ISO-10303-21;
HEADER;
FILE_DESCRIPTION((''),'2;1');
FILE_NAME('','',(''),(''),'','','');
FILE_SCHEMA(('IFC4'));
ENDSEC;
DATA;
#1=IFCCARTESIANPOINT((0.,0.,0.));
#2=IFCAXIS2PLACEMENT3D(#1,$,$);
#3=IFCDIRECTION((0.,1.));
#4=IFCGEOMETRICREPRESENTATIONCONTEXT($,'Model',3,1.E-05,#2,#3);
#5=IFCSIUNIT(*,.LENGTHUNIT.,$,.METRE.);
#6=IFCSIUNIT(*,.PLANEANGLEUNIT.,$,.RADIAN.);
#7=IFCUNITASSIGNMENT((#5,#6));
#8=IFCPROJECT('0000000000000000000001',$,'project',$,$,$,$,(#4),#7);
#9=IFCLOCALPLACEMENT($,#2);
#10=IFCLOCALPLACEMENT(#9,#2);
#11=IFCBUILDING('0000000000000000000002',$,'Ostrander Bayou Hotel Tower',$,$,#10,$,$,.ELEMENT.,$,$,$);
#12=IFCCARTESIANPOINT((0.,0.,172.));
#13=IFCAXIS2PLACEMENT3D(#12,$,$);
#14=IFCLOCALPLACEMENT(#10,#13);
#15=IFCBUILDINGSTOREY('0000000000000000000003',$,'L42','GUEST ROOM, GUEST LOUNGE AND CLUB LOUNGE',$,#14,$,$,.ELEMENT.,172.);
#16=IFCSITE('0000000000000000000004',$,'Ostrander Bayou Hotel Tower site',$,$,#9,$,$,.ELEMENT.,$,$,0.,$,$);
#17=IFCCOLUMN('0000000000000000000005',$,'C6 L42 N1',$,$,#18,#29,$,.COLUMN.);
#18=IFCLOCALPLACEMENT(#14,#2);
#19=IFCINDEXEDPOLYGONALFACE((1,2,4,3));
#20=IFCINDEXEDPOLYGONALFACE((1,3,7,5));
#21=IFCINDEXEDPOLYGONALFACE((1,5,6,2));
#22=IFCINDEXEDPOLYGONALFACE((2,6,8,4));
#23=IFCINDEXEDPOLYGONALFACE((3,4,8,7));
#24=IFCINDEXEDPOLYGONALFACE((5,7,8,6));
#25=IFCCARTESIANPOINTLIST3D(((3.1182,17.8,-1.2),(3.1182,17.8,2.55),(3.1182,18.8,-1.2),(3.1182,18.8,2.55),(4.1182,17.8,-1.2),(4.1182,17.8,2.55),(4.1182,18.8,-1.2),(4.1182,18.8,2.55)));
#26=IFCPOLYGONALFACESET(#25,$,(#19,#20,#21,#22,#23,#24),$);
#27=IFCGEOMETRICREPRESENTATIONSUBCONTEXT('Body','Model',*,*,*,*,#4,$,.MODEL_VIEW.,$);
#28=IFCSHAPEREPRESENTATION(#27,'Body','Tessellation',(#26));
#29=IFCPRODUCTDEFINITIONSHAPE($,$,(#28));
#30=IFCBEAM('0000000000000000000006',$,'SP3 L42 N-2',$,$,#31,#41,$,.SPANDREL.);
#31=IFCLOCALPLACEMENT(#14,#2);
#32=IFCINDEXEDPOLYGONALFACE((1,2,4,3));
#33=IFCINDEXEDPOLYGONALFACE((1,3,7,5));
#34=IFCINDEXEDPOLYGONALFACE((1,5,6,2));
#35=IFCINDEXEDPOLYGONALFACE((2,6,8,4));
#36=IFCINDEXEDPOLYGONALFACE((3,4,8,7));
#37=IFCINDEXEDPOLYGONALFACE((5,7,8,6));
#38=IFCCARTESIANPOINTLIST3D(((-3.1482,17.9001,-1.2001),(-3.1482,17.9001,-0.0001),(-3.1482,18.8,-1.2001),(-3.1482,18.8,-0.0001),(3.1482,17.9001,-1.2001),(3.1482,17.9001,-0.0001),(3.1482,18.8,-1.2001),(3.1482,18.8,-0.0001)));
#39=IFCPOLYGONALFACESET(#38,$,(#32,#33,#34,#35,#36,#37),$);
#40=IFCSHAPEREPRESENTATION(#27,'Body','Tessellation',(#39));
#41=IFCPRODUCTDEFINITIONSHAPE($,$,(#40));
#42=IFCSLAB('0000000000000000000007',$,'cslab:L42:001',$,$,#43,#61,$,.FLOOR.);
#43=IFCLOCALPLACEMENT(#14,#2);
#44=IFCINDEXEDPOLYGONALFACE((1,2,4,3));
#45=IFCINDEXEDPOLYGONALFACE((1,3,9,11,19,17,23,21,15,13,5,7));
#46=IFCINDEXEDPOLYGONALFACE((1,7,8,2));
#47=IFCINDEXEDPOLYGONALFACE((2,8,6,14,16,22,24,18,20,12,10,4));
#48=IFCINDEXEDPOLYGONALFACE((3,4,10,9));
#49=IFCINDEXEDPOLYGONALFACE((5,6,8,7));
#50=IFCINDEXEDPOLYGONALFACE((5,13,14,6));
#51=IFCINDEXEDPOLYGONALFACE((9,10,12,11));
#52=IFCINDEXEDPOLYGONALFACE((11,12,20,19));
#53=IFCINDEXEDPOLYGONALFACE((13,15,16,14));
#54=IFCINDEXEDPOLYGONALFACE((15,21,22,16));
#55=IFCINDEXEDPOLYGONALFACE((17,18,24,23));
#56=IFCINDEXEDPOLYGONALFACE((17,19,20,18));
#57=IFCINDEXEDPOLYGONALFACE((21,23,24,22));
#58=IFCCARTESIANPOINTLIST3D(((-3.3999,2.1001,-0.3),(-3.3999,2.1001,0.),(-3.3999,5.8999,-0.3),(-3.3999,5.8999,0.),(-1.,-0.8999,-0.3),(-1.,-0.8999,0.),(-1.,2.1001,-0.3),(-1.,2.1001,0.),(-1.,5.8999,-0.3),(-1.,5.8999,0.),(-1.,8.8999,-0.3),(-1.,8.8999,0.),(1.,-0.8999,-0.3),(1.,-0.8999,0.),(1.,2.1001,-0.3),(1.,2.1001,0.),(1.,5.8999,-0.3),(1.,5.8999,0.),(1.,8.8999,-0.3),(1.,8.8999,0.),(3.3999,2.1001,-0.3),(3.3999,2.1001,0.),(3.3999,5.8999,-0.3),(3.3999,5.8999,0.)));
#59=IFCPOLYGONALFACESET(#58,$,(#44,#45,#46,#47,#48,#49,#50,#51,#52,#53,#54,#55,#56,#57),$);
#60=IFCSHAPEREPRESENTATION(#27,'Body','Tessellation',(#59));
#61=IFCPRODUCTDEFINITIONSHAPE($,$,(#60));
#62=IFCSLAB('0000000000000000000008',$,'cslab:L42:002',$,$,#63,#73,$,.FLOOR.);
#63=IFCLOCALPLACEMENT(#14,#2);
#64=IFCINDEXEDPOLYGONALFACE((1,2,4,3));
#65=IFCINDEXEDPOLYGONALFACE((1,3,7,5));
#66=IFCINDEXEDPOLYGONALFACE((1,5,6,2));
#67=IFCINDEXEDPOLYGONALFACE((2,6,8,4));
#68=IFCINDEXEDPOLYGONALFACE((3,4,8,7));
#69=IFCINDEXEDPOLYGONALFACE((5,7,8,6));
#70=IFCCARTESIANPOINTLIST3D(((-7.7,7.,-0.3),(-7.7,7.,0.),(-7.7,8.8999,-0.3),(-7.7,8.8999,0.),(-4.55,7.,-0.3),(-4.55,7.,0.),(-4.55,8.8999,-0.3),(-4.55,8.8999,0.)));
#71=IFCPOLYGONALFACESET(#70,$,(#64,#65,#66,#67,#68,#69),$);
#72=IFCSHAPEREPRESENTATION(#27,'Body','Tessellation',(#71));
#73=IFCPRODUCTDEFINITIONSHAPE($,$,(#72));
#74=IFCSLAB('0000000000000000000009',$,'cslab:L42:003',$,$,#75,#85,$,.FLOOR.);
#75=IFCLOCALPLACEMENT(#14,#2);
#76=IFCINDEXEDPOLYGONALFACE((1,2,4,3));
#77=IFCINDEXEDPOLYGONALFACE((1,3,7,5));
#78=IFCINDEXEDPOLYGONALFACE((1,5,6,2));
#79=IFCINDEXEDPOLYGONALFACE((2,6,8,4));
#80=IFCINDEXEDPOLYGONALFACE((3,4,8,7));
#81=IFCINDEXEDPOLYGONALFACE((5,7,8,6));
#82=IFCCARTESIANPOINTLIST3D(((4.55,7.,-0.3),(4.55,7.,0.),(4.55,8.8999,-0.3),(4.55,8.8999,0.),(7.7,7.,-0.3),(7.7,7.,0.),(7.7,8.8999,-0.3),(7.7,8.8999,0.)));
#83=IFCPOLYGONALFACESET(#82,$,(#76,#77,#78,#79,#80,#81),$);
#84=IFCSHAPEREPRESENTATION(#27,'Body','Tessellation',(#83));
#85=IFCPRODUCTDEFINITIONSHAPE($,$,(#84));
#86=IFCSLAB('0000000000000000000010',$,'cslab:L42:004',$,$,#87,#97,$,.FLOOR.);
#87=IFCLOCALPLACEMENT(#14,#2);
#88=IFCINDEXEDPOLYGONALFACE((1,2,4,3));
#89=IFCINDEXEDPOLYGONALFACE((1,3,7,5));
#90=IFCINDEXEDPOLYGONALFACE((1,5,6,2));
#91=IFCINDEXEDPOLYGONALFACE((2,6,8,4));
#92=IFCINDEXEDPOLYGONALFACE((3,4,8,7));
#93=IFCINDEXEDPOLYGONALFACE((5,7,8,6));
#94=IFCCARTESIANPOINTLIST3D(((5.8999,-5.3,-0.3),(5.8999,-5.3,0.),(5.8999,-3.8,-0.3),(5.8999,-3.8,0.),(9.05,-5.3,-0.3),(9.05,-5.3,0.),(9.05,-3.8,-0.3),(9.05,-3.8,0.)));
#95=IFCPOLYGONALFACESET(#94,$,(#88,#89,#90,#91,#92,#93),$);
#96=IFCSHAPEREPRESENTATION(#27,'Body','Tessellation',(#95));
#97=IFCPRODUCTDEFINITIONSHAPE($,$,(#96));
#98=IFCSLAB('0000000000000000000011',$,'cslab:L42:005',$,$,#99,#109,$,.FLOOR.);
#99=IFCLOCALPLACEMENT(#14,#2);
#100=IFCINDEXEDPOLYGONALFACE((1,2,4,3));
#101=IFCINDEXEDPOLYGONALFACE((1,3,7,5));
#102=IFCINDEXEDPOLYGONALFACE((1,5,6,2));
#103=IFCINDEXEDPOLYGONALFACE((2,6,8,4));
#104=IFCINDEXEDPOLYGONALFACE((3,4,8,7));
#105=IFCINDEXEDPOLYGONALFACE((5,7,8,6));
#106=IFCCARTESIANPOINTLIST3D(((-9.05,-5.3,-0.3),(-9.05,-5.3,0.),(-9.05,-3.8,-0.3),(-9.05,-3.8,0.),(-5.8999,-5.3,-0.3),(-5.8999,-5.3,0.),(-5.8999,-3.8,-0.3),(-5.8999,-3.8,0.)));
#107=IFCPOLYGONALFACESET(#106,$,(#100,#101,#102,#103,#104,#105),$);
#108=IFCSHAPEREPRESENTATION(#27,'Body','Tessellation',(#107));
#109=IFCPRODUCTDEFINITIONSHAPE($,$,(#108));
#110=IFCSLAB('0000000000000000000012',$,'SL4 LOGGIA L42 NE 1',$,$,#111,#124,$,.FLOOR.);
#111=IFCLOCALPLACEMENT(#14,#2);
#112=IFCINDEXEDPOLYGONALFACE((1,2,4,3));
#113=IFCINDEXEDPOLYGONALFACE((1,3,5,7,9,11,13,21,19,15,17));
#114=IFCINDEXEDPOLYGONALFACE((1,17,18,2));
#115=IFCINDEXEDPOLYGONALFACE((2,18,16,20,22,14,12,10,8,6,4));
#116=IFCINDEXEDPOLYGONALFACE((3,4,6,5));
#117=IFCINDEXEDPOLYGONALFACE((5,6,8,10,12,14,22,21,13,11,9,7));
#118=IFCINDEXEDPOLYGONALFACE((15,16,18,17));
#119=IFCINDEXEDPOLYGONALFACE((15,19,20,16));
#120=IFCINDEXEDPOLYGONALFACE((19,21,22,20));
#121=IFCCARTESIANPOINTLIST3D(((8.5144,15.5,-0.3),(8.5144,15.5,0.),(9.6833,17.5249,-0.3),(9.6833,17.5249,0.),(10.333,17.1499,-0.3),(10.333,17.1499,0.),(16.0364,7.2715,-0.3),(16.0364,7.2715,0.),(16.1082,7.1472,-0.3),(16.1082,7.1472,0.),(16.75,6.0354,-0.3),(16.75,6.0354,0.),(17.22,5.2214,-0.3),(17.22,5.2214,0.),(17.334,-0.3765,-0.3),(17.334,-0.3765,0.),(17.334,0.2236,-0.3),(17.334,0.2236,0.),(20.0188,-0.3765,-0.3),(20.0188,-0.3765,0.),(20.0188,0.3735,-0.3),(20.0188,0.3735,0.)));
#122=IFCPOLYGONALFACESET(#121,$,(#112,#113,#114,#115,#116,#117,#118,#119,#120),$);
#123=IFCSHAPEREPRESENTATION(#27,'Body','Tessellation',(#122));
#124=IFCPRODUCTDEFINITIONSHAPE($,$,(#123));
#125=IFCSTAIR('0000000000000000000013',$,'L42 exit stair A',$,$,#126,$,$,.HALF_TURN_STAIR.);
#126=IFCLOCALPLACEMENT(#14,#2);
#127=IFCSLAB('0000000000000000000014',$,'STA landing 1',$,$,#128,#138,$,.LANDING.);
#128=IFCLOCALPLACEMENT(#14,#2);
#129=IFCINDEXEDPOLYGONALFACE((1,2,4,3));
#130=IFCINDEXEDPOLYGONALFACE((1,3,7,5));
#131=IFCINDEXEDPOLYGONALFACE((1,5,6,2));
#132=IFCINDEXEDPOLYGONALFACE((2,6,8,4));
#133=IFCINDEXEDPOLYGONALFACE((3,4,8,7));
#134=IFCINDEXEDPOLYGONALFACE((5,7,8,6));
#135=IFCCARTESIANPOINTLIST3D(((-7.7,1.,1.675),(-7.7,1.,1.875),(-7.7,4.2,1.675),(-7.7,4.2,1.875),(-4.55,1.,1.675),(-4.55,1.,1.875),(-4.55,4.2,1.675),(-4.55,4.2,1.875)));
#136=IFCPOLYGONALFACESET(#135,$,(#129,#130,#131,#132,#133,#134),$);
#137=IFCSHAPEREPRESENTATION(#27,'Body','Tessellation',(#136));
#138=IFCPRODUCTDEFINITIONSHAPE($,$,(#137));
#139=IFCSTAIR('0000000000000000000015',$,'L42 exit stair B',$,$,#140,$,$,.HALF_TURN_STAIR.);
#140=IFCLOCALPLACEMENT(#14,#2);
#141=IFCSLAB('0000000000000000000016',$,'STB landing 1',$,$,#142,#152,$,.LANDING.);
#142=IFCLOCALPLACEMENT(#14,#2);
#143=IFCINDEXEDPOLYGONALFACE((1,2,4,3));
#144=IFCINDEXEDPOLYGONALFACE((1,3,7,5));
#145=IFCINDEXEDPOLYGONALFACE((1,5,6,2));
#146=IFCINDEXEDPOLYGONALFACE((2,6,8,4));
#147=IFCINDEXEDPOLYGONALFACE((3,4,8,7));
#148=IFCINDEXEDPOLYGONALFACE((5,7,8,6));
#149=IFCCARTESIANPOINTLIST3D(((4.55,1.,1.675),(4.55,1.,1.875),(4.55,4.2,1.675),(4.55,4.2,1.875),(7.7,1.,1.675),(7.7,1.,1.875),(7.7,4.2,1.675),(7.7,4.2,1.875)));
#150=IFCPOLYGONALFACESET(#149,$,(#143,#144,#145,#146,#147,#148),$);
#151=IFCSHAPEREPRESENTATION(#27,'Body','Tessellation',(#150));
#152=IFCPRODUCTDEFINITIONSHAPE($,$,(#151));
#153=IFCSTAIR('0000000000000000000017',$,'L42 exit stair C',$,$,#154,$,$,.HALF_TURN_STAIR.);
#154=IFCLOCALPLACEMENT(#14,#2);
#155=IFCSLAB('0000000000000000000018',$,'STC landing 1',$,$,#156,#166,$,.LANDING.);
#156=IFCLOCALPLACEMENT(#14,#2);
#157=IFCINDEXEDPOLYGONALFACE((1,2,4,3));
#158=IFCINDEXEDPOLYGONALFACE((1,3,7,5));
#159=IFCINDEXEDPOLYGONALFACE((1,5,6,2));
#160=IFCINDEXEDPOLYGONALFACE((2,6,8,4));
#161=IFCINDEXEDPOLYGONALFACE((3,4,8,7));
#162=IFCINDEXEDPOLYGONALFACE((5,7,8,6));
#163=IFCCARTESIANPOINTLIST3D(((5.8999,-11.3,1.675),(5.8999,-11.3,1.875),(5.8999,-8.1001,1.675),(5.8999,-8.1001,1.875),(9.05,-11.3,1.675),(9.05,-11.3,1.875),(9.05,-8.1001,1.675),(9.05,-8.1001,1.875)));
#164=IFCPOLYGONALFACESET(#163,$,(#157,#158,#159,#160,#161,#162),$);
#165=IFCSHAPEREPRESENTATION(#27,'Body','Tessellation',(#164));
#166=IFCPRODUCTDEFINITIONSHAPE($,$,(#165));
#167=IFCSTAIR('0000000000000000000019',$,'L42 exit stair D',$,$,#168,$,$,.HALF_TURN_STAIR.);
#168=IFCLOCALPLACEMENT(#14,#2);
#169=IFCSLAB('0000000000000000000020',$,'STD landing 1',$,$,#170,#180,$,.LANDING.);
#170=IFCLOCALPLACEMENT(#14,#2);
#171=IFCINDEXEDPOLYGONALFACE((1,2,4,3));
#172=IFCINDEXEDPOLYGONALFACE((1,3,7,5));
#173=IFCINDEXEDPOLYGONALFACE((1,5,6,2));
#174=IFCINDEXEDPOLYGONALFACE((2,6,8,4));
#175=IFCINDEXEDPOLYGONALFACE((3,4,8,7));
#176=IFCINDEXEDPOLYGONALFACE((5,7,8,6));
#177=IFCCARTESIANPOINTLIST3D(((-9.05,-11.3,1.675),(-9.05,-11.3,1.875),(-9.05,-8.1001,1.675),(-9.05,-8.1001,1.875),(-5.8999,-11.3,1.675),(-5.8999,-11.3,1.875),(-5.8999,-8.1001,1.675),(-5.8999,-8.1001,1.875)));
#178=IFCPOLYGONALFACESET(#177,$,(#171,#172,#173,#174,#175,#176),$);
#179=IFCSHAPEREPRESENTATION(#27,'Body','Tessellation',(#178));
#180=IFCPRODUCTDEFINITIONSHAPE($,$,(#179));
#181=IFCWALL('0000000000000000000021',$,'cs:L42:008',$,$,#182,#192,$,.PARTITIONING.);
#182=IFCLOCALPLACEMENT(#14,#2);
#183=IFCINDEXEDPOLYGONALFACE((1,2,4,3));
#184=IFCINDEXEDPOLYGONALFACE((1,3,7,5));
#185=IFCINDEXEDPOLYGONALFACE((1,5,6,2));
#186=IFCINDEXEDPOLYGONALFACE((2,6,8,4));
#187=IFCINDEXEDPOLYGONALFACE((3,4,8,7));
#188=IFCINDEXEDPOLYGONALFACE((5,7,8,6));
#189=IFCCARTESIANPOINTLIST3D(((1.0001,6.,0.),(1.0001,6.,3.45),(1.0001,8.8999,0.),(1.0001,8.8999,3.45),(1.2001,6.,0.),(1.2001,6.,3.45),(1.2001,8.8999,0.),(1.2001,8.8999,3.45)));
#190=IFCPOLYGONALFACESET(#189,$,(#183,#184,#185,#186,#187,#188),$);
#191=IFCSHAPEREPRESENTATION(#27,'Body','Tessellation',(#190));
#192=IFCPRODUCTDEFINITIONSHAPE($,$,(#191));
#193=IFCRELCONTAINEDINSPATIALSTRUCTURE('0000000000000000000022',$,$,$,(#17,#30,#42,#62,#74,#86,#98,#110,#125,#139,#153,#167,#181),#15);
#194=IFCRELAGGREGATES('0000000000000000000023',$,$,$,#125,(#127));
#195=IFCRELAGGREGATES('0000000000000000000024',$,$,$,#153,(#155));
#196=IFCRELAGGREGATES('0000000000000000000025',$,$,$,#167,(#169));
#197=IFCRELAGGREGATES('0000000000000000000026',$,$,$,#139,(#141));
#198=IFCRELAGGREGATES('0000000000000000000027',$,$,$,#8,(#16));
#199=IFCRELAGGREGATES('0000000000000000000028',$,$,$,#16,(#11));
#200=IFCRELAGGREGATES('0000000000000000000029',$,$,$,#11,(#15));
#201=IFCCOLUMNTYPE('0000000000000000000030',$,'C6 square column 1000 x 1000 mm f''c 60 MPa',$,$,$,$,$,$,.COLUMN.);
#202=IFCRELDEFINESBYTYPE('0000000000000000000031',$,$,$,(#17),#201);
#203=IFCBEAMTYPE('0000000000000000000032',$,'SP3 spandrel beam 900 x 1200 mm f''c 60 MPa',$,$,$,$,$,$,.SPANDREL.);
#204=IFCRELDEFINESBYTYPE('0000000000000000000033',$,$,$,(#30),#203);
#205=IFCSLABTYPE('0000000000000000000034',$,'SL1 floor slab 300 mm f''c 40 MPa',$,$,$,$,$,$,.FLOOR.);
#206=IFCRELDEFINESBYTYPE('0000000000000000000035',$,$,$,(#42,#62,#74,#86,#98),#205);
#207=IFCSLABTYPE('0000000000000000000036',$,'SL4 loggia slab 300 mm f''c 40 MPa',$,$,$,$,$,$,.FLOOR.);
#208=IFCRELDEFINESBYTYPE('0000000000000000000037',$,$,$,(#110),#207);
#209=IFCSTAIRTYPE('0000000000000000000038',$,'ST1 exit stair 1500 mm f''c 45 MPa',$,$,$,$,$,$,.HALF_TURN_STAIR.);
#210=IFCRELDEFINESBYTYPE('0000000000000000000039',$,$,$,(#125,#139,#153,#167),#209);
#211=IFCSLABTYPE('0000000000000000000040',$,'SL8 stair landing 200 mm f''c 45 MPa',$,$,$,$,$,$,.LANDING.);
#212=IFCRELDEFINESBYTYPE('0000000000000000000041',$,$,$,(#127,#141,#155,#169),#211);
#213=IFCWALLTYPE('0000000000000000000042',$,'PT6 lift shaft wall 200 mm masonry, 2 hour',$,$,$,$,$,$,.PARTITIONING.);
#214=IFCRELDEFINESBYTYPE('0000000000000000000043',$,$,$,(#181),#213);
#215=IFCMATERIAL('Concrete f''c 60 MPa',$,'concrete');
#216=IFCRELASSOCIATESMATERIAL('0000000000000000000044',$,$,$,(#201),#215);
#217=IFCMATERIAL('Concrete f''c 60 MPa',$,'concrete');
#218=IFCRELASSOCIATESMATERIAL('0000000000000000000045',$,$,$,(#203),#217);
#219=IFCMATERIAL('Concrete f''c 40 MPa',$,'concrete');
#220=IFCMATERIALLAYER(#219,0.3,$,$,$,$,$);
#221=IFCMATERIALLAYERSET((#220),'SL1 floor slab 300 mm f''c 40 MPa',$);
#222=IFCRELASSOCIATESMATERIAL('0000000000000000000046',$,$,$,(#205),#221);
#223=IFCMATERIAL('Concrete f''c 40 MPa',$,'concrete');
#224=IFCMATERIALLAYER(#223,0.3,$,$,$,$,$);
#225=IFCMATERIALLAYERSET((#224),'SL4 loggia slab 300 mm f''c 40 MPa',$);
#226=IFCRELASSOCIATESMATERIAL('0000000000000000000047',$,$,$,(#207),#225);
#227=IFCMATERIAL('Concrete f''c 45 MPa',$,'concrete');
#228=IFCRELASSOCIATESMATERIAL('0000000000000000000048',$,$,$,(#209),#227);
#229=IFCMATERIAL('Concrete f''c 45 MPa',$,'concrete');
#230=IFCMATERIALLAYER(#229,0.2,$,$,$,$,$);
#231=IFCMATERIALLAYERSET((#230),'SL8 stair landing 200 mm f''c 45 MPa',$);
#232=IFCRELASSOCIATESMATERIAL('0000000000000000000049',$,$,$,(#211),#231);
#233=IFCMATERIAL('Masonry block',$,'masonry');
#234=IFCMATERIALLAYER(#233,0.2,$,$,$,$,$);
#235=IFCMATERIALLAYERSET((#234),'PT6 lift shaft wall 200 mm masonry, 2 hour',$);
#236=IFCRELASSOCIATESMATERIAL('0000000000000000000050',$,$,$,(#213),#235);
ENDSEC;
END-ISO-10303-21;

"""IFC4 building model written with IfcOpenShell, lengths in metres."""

from ifc_helpers import new_model, si_unit, direction, frame, frame_2d, origin, origin_2d, place, context, subcontext, project, spatial, polyline, rectangle, outline, extrude, material, layer, layer_set, material_profile, profile_set, type_object, element, aggregate, save


model = new_model("IFC4")

# Units and contexts
model_context = context("Model", 3, precision=1e-05, world=origin(), true_north=direction((0.0, 1.0)))
body_context = subcontext(model_context, "Body", "Model", "MODEL_VIEW")
ifc_project = project(units=[si_unit("LENGTHUNIT", "METRE"), si_unit("PLANEANGLEUNIT", "RADIAN")], contexts=[model_context])

# Site, building, storey
site_placement = place(None, origin())
site = spatial("IfcSite", under=ifc_project, at=site_placement, Name="Ostrander Bayou Hotel Tower site", CompositionType="ELEMENT", RefElevation=0.0)
building_placement = place(site_placement, origin())
building = spatial("IfcBuilding", under=site, at=building_placement, Name="Ostrander Bayou Hotel Tower", CompositionType="ELEMENT")
storey_placement = place(building_placement, frame((0.0, 0.0, 172.0)))
storey = spatial("IfcBuildingStorey", under=building, at=storey_placement, Name="L42", Description="GUEST ROOM, GUEST LOUNGE AND CLUB LOUNGE", CompositionType="ELEMENT", Elevation=172.0)

# Column
ifc_material_1 = material(Name="Concrete f'c 60 MPa", Category="concrete")
ifc_material_profile_1 = material_profile(ifc_material_1, rectangle(XDim=1.0, YDim=1.0, at=origin_2d()))
ifc_profile_set_1 = profile_set([ifc_material_profile_1], Name="Concrete f'c 60 MPa")
column_type = type_object("IfcColumnType", Name="C6 square column 1000 x 1000 mm f'c 60 MPa", PredefinedType="COLUMN", material=ifc_profile_set_1)
column_placement = place(storey_placement, frame((3.6182, 18.3, -1.2), z_axis=(0.0, 0.0, 1.0), x_axis=(1.0, 0.0, 0.0)))
element("IfcColumn", 1, at=column_placement, inside=storey, type_object=column_type, Name="C6 L42 N1", PredefinedType="COLUMN", context=body_context, shape_type="SweptSolid", body=[
    extrude(rectangle(XDim=1.0, YDim=1.0, at=origin_2d()), origin(), (0.0, 0.0, 1.0), 3.75),
])

# Beam
ifc_material_2 = material(Name="Concrete f'c 60 MPa", Category="concrete")
ifc_material_profile_2 = material_profile(ifc_material_2, rectangle(XDim=0.8999, YDim=1.2, at=origin_2d()))
ifc_profile_set_2 = profile_set([ifc_material_profile_2], Name="Concrete f'c 60 MPa")
beam_type = type_object("IfcBeamType", Name="SP3 spandrel beam 900 x 1200 mm f'c 60 MPa", PredefinedType="SPANDREL", material=ifc_profile_set_2)
beam_placement = place(storey_placement, frame((3.1482, 18.3501, -0.6001), z_axis=(-1.0, 0.0, 0.0), x_axis=(0.0, -1.0, 0.0)))
element("IfcBeam", 2, at=beam_placement, inside=storey, type_object=beam_type, Name="SP3 L42 N-2", PredefinedType="SPANDREL", context=body_context, shape_type="SweptSolid", body=[
    extrude(rectangle(XDim=0.8999, YDim=1.2, at=origin_2d()), origin(), (0.0, 0.0, 1.0), 6.2964),
])

# Slabs
ifc_material_3 = material(Name="Concrete f'c 40 MPa", Category="concrete")
ifc_layer_1 = layer(ifc_material_3, 0.3)
ifc_layer_set_1 = layer_set([ifc_layer_1], Name="SL1 floor slab 300 mm f'c 40 MPa")
slab_type_1 = type_object("IfcSlabType", Name="SL1 floor slab 300 mm f'c 40 MPa", PredefinedType="FLOOR", material=ifc_layer_set_1)
slab_1_placement = place(storey_placement, frame((0.0, 0.0, -0.3)))
element("IfcSlab", 3, at=slab_1_placement, inside=storey, type_object=slab_type_1, Name="cslab:L42:001", PredefinedType="FLOOR", context=body_context, shape_type="SweptSolid", body=[
    extrude(outline(polyline([(-3.3999, 5.8999), (-1.0, 5.8999), (-1.0, 8.8999), (1.0, 8.8999), (1.0, 5.8999), (3.3999, 5.8999), (3.3999, 2.1001), (1.0, 2.1001), (1.0, -0.8999), (-1.0, -0.8999), (-1.0, 2.1001), (-3.3999, 2.1001), (-3.3999, 5.8999)])), origin(), (0.0, 0.0, 1.0), 0.3),
])
slab_2_placement = place(storey_placement, frame((0.0, 0.0, -0.3)))
element("IfcSlab", 4, at=slab_2_placement, inside=storey, type_object=slab_type_1, Name="cslab:L42:002", PredefinedType="FLOOR", context=body_context, shape_type="SweptSolid", body=[
    extrude(outline(polyline([(-4.55, 7.0), (-4.55, 8.8999), (-7.7, 8.8999), (-7.7, 7.0), (-4.55, 7.0)])), origin(), (0.0, 0.0, 1.0), 0.3),
])
slab_3_placement = place(storey_placement, frame((0.0, 0.0, -0.3)))
element("IfcSlab", 5, at=slab_3_placement, inside=storey, type_object=slab_type_1, Name="cslab:L42:003", PredefinedType="FLOOR", context=body_context, shape_type="SweptSolid", body=[
    extrude(outline(polyline([(7.7, 7.0), (7.7, 8.8999), (4.55, 8.8999), (4.55, 7.0), (7.7, 7.0)])), origin(), (0.0, 0.0, 1.0), 0.3),
])
slab_4_placement = place(storey_placement, frame((0.0, 0.0, -0.3)))
element("IfcSlab", 6, at=slab_4_placement, inside=storey, type_object=slab_type_1, Name="cslab:L42:004", PredefinedType="FLOOR", context=body_context, shape_type="SweptSolid", body=[
    extrude(outline(polyline([(9.05, -5.3), (9.05, -3.8), (5.8999, -3.8), (5.8999, -5.3), (9.05, -5.3)])), origin(), (0.0, 0.0, 1.0), 0.3),
])
slab_5_placement = place(storey_placement, frame((0.0, 0.0, -0.3)))
element("IfcSlab", 7, at=slab_5_placement, inside=storey, type_object=slab_type_1, Name="cslab:L42:005", PredefinedType="FLOOR", context=body_context, shape_type="SweptSolid", body=[
    extrude(outline(polyline([(-5.8999, -5.3), (-5.8999, -3.8), (-9.05, -3.8), (-9.05, -5.3), (-5.8999, -5.3)])), origin(), (0.0, 0.0, 1.0), 0.3),
])
ifc_material_4 = material(Name="Concrete f'c 40 MPa", Category="concrete")
ifc_layer_2 = layer(ifc_material_4, 0.3)
ifc_layer_set_2 = layer_set([ifc_layer_2], Name="SL4 loggia slab 300 mm f'c 40 MPa")
slab_type_2 = type_object("IfcSlabType", Name="SL4 loggia slab 300 mm f'c 40 MPa", PredefinedType="FLOOR", material=ifc_layer_set_2)
slab_6_placement = place(storey_placement, frame((0.0, 0.0, -0.3)))
element("IfcSlab", 8, at=slab_6_placement, inside=storey, type_object=slab_type_2, Name="SL4 LOGGIA L42 NE 1", PredefinedType="FLOOR", context=body_context, shape_type="SweptSolid", body=[
    extrude(outline(polyline([(9.6833, 17.5249), (10.333, 17.1499), (16.0364, 7.2715), (16.1082, 7.1472), (16.75, 6.0354), (17.22, 5.2214), (20.0188, 0.3735), (20.0188, -0.3765), (17.334, -0.3765), (17.334, 0.2236), (8.5144, 15.5), (9.6833, 17.5249)])), origin(), (0.0, 0.0, 1.0), 0.3),
])

# Stairs, slabs
ifc_material_5 = material(Name="Concrete f'c 45 MPa", Category="concrete")
stair_type = type_object("IfcStairType", Name="ST1 exit stair 1500 mm f'c 45 MPa", PredefinedType="HALF_TURN_STAIR", material=ifc_material_5)
stair_1_placement = place(storey_placement, origin())
stair_1 = element("IfcStair", 9, at=stair_1_placement, inside=storey, type_object=stair_type, Name="L42 exit stair A", PredefinedType="HALF_TURN_STAIR")
ifc_material_6 = material(Name="Concrete f'c 45 MPa", Category="concrete")
ifc_layer_3 = layer(ifc_material_6, 0.2)
ifc_layer_set_3 = layer_set([ifc_layer_3], Name="SL8 stair landing 200 mm f'c 45 MPa")
slab_type_3 = type_object("IfcSlabType", Name="SL8 stair landing 200 mm f'c 45 MPa", PredefinedType="LANDING", material=ifc_layer_set_3)
slab_7_placement = place(storey_placement, frame((0.0, 0.0, 1.675)))
slab_7 = element("IfcSlab", 10, at=slab_7_placement, type_object=slab_type_3, Name="STA landing 1", PredefinedType="LANDING", context=body_context, shape_type="SweptSolid", body=[
    extrude(outline(polyline([(-7.7, 4.2), (-7.7, 1.0), (-4.55, 1.0), (-4.55, 4.2), (-7.7, 4.2)])), origin(), (0.0, 0.0, 1.0), 0.2),
])
aggregate(stair_1, [slab_7])
stair_2_placement = place(storey_placement, origin())
stair_2 = element("IfcStair", 11, at=stair_2_placement, inside=storey, type_object=stair_type, Name="L42 exit stair B", PredefinedType="HALF_TURN_STAIR")
slab_8_placement = place(storey_placement, frame((0.0, 0.0, 1.675)))
slab_8 = element("IfcSlab", 12, at=slab_8_placement, type_object=slab_type_3, Name="STB landing 1", PredefinedType="LANDING", context=body_context, shape_type="SweptSolid", body=[
    extrude(outline(polyline([(4.55, 4.2), (4.55, 1.0), (7.7, 1.0), (7.7, 4.2), (4.55, 4.2)])), origin(), (0.0, 0.0, 1.0), 0.2),
])
stair_3_placement = place(storey_placement, origin())
stair_3 = element("IfcStair", 13, at=stair_3_placement, inside=storey, type_object=stair_type, Name="L42 exit stair C", PredefinedType="HALF_TURN_STAIR")
slab_9_placement = place(storey_placement, frame((0.0, 0.0, 1.675)))
slab_9 = element("IfcSlab", 14, at=slab_9_placement, type_object=slab_type_3, Name="STC landing 1", PredefinedType="LANDING", context=body_context, shape_type="SweptSolid", body=[
    extrude(outline(polyline([(5.8999, -8.1001), (5.8999, -11.3), (9.05, -11.3), (9.05, -8.1001), (5.8999, -8.1001)])), origin(), (0.0, 0.0, 1.0), 0.2),
])
aggregate(stair_3, [slab_9])
stair_4_placement = place(storey_placement, origin())
stair_4 = element("IfcStair", 15, at=stair_4_placement, inside=storey, type_object=stair_type, Name="L42 exit stair D", PredefinedType="HALF_TURN_STAIR")
slab_10_placement = place(storey_placement, frame((0.0, 0.0, 1.675)))
slab_10 = element("IfcSlab", 16, at=slab_10_placement, type_object=slab_type_3, Name="STD landing 1", PredefinedType="LANDING", context=body_context, shape_type="SweptSolid", body=[
    extrude(outline(polyline([(-9.05, -8.1001), (-9.05, -11.3), (-5.8999, -11.3), (-5.8999, -8.1001), (-9.05, -8.1001)])), origin(), (0.0, 0.0, 1.0), 0.2),
])
aggregate(stair_4, [slab_10])

# Shared definitions
ifc_material_7 = material(Name="Masonry block", Category="masonry")
ifc_layer_4 = layer(ifc_material_7, 0.2)
ifc_layer_set_4 = layer_set([ifc_layer_4], Name="PT6 lift shaft wall 200 mm masonry, 2 hour")
wall_type_1 = type_object("IfcWallType", Name="PT6 lift shaft wall 200 mm masonry, 2 hour", PredefinedType="PARTITIONING", material=ifc_layer_set_4)

# Wall
wall_1_placement = place(storey_placement, frame((1.1001, 6.0, 0.0), z_axis=(0.0, 0.0, 1.0), x_axis=(0.0, 1.0, 0.0)))
element("IfcWall", 17, at=wall_1_placement, inside=storey, type_object=wall_type_1, Name="cs:L42:008", PredefinedType="PARTITIONING", context=body_context, shape_type="SweptSolid", body=[
    extrude(rectangle(XDim=2.8999, YDim=0.2, at=frame_2d((1.45, 0.0))), origin(), (0.0, 0.0, 1.0), 3.45),
])

aggregate(stair_2, [slab_8])

save(model, "model.ifc")
